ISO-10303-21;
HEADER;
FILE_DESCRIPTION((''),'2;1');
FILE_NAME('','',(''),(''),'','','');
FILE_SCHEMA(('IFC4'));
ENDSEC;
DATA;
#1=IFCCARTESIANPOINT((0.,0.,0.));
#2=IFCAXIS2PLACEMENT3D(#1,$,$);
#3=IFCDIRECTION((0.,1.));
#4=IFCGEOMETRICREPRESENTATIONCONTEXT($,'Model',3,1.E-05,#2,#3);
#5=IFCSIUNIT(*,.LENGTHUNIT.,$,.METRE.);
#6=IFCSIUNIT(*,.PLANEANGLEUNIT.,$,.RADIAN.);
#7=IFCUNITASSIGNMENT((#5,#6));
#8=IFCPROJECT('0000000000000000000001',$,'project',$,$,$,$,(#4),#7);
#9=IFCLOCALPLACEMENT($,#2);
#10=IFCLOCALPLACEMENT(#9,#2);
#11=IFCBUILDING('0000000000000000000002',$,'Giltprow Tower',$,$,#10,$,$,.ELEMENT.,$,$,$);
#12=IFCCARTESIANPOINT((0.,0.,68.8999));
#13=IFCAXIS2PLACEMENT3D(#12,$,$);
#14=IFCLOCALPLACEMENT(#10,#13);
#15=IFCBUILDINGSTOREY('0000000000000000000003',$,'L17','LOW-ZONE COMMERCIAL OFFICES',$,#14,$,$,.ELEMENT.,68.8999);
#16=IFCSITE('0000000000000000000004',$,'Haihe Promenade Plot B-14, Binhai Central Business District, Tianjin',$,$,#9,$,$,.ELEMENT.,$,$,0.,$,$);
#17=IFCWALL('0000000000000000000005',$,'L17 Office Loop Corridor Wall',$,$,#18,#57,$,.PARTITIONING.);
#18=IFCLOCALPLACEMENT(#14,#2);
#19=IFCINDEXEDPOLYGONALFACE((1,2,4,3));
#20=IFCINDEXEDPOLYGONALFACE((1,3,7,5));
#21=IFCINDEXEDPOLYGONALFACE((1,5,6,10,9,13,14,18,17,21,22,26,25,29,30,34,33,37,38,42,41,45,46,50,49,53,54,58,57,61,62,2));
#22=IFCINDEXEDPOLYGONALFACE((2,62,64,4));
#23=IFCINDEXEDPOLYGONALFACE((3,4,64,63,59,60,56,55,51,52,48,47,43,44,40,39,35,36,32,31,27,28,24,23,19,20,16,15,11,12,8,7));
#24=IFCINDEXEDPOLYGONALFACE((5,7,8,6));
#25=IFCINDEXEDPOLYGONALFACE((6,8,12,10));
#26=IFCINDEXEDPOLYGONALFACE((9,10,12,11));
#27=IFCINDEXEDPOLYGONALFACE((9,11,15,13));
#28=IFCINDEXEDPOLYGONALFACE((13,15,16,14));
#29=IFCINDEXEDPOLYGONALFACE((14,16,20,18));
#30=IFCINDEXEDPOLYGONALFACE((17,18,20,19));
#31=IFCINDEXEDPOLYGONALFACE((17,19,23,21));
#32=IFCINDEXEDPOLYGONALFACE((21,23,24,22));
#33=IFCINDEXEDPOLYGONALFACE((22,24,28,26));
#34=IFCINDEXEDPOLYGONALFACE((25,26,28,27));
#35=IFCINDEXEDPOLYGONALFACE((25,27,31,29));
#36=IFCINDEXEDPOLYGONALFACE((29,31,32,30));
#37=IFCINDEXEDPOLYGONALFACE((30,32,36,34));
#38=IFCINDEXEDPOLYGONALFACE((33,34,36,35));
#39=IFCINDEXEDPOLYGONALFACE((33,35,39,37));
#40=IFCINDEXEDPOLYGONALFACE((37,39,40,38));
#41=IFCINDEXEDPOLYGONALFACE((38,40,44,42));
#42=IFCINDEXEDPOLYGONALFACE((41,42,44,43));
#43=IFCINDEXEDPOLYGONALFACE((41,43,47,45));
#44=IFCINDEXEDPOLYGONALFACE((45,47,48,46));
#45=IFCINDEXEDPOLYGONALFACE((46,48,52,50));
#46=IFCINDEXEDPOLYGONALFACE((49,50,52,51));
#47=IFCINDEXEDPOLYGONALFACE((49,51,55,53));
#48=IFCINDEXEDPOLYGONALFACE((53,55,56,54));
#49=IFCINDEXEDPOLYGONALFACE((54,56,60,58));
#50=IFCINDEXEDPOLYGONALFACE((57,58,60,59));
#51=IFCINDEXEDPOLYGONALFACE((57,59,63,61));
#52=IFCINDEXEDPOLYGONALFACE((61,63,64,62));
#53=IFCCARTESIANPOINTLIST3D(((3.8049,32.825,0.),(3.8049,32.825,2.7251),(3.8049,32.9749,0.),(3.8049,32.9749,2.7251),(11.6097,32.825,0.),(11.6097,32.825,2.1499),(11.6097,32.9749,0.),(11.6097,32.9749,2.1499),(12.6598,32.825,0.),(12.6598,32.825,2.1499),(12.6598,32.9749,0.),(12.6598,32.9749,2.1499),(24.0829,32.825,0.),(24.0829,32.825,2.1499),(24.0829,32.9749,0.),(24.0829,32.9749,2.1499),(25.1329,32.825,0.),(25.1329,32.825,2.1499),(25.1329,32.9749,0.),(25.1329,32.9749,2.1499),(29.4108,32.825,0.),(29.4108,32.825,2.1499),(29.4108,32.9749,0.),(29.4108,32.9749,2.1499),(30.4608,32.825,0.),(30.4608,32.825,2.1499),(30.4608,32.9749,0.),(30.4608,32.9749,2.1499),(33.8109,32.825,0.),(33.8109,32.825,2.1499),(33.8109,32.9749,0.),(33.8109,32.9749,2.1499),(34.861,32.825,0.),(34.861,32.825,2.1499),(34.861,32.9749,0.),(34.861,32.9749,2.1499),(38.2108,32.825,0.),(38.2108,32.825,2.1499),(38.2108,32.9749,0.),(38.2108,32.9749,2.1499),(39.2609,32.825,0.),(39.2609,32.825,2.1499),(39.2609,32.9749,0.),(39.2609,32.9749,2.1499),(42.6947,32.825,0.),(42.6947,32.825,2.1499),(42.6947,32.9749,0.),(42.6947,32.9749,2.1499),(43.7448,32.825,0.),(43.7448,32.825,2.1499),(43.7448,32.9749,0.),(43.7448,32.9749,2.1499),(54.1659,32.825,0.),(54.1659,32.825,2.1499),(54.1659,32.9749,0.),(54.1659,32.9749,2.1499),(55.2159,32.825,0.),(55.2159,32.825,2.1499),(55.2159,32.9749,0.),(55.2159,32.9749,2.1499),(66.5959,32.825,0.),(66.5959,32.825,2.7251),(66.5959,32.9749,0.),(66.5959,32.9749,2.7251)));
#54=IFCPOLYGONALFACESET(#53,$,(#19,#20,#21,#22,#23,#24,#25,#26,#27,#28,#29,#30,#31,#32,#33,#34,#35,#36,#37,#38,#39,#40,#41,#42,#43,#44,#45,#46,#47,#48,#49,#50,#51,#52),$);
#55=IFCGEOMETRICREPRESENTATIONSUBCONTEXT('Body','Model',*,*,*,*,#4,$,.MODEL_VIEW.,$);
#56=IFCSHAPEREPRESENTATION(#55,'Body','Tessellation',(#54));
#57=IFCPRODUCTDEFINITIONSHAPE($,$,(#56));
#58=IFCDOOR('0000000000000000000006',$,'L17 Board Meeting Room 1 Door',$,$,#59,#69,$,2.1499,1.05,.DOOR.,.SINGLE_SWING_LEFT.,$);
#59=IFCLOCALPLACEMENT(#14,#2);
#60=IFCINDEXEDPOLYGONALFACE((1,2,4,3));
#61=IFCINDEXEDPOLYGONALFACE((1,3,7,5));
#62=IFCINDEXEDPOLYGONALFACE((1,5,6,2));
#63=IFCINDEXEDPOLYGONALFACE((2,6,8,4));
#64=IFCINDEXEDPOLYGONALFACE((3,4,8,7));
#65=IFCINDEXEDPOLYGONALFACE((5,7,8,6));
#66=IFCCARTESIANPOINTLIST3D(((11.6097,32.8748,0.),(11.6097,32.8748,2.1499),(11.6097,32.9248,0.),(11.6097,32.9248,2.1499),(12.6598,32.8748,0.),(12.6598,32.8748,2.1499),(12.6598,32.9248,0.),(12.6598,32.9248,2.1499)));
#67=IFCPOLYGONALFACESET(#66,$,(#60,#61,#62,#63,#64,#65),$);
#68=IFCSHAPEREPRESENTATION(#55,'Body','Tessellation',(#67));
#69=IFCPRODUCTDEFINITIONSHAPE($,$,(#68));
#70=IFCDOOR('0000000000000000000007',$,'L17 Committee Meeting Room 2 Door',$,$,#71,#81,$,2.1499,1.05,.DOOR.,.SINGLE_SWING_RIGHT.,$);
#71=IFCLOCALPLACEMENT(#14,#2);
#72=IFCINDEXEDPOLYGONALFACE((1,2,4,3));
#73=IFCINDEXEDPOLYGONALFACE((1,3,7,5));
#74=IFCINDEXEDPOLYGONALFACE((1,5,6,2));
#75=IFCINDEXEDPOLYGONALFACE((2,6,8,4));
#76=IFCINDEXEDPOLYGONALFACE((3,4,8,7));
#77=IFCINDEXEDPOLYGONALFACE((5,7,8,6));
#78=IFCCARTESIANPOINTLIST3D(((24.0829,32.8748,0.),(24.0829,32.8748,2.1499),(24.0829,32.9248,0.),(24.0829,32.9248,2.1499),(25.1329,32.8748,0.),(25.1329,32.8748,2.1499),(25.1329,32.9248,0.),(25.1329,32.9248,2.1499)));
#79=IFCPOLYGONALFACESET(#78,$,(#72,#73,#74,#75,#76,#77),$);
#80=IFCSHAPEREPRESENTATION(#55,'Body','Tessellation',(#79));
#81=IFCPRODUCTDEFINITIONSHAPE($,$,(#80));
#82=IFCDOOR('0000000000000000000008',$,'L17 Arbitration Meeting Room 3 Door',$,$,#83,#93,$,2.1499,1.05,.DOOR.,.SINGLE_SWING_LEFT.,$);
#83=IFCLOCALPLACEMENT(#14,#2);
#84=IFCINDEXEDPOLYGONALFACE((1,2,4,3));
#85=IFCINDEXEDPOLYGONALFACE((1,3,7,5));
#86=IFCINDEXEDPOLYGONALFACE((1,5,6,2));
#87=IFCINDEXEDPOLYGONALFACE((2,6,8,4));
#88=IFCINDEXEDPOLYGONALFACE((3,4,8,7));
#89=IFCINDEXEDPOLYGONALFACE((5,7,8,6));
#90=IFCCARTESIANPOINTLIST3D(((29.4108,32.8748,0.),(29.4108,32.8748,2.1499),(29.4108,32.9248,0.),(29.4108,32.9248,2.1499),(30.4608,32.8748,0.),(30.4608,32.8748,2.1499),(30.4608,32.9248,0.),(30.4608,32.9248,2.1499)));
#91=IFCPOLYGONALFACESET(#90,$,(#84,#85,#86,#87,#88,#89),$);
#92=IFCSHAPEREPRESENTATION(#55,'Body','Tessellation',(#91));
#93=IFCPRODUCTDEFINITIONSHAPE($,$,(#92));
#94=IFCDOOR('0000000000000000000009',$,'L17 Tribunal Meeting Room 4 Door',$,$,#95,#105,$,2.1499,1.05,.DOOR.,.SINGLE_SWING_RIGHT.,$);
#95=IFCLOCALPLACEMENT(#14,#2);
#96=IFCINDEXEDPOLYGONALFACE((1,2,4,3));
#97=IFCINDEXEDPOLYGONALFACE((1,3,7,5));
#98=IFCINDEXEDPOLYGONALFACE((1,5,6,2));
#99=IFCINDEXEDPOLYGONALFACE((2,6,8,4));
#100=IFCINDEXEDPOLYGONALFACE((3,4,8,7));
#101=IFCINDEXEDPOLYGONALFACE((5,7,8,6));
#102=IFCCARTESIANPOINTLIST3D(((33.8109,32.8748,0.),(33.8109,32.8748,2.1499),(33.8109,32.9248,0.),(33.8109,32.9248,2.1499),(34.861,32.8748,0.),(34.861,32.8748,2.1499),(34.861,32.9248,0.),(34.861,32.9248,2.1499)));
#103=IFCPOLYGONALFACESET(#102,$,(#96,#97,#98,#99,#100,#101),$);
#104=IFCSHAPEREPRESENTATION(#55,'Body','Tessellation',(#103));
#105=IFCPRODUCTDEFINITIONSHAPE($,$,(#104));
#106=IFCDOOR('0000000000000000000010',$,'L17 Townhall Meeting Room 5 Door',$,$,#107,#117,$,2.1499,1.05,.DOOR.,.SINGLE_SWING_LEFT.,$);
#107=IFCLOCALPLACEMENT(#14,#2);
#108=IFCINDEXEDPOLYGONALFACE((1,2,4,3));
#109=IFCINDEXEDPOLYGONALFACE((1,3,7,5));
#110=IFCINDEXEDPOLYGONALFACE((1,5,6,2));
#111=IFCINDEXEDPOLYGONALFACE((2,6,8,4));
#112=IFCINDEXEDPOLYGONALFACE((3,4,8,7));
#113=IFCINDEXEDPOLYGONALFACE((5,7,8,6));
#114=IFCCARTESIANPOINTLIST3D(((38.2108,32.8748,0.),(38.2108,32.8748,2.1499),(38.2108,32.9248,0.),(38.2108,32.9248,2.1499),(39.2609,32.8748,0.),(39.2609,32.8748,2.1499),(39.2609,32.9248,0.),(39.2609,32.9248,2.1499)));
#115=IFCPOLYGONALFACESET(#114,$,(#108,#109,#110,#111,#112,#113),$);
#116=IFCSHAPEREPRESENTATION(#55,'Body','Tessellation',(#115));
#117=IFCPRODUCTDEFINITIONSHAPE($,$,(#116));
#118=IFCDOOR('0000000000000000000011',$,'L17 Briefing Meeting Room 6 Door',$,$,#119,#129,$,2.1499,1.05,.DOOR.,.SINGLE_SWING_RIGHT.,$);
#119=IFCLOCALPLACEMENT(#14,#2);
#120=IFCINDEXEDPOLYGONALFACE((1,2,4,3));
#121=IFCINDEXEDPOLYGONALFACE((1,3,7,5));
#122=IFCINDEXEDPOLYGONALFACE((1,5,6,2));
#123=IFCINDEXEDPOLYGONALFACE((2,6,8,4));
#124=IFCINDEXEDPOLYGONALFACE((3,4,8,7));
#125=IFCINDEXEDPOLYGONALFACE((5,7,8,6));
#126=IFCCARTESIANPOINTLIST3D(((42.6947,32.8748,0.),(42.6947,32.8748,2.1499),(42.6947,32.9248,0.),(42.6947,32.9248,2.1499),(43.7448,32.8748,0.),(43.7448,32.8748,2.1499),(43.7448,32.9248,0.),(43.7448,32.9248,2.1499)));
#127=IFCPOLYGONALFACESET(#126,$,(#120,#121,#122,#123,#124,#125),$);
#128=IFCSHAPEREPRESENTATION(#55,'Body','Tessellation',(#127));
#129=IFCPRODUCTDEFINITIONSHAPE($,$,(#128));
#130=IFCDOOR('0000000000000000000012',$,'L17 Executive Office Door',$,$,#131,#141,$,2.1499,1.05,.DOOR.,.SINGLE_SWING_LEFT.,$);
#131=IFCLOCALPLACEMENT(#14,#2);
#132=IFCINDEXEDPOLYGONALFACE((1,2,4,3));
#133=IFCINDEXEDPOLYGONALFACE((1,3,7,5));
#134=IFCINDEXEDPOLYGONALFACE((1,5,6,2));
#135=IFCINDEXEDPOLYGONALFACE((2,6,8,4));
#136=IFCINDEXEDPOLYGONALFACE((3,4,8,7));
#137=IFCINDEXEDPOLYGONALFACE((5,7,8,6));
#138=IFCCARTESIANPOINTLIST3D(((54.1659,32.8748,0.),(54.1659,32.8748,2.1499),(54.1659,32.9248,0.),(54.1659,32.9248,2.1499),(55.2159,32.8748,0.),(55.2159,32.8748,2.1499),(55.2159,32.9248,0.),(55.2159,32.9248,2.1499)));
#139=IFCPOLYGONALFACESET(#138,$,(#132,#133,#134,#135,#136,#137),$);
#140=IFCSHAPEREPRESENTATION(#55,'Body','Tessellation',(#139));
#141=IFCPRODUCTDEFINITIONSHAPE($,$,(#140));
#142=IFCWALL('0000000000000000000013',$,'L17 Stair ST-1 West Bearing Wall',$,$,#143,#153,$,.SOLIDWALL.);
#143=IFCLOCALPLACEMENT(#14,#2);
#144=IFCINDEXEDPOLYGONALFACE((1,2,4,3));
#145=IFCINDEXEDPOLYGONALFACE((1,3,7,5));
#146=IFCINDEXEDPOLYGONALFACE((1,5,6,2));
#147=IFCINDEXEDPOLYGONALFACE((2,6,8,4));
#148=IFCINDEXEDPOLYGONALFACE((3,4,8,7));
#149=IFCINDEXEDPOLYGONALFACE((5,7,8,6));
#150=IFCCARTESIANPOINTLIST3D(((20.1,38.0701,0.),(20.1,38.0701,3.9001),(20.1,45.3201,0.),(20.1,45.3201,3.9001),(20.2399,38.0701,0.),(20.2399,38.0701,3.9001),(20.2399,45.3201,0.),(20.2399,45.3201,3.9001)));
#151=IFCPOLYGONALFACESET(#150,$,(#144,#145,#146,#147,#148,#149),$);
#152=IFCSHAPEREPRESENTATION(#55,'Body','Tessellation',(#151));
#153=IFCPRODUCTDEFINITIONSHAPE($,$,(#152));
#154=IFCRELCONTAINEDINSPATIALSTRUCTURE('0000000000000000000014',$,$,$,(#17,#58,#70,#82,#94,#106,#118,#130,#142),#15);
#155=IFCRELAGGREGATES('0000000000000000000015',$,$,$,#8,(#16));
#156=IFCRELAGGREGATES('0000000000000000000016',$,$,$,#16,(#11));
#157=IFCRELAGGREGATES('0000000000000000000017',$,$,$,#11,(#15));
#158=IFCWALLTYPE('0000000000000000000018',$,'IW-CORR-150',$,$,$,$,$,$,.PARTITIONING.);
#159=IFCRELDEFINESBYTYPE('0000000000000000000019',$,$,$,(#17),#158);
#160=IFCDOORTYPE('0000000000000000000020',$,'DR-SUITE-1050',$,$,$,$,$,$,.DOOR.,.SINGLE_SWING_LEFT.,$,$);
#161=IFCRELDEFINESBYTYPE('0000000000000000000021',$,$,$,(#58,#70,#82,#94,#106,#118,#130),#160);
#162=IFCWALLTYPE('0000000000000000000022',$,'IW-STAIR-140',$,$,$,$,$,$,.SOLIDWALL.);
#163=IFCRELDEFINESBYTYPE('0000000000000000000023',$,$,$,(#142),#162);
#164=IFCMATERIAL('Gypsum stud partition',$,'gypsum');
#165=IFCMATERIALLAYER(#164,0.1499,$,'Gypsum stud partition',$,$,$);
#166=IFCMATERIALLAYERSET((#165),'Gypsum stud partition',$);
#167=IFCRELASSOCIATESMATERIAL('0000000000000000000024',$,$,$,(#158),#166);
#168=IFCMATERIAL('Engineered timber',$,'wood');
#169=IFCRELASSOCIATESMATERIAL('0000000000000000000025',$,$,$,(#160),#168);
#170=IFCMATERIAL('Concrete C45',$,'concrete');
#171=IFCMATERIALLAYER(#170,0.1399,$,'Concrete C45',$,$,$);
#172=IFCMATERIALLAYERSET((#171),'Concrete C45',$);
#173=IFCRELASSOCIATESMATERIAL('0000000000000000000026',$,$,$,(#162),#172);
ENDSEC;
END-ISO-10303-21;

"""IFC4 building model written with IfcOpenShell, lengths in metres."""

from ifc_helpers import new_model, si_unit, direction, frame, frame_2d, origin, place, context, subcontext, project, spatial, rectangle, extrude, source, transform, mapped, material, layer, layer_set, type_object, element, fill, save


model = new_model("IFC4")

# Units and contexts
model_context = context("Model", 3, precision=1e-05, world=origin(), true_north=direction((0.0, 1.0)))
body_context = subcontext(model_context, "Body", "Model", "MODEL_VIEW")
ifc_project = project(units=[si_unit("LENGTHUNIT", "METRE"), si_unit("PLANEANGLEUNIT", "RADIAN")], contexts=[model_context])

# Site, building, storey
site_placement = place(None, origin())
site = spatial("IfcSite", under=ifc_project, at=site_placement, Name="Haihe Promenade Plot B-14, Binhai Central Business District, Tianjin", CompositionType="ELEMENT", RefElevation=0.0)
building_placement = place(site_placement, origin())
building = spatial("IfcBuilding", under=site, at=building_placement, Name="Giltprow Tower", CompositionType="ELEMENT")
storey_placement = place(building_placement, frame((0.0, 0.0, 68.8999)))
storey = spatial("IfcBuildingStorey", under=building, at=storey_placement, Name="L17", Description="LOW-ZONE COMMERCIAL OFFICES", CompositionType="ELEMENT", Elevation=68.8999)

# Wall, openings, doors
ifc_material_1 = material(Name="Gypsum stud partition", Category="gypsum")
ifc_layer_1 = layer(ifc_material_1, 0.1499, Name="Gypsum stud partition")
ifc_layer_set_1 = layer_set([ifc_layer_1], Name="Gypsum stud partition")
wall_type_1 = type_object("IfcWallType", Name="IW-CORR-150", PredefinedType="PARTITIONING", material=ifc_layer_set_1)
wall_1_placement = place(storey_placement, frame((3.8049, 32.8999, 0.0), z_axis=(0.0, 0.0, 1.0), x_axis=(1.0, 0.0, 0.0)))
wall_1 = element("IfcWall", 1, at=wall_1_placement, inside=storey, type_object=wall_type_1, Name="L17 Office Loop Corridor Wall", PredefinedType="PARTITIONING", context=body_context, shape_type="SweptSolid", body=[
    extrude(rectangle(XDim=62.791, YDim=0.1499, at=frame_2d((31.3955, 0.0))), origin(), (0.0, 0.0, 1.0), 2.7251),
])
opening_1_placement = place(wall_1_placement, frame((7.8049, 0.0, 0.0)))
opening_1 = element("IfcOpeningElement", 2, at=opening_1_placement, cuts=wall_1, PredefinedType="OPENING", context=body_context, shape_type="SweptSolid", body=[
    extrude(rectangle(XDim=1.05, YDim=2.1499, at=frame_2d((0.5249, 1.075))), frame((0.0, 0.085, 0.0), z_axis=(0.0, -1.0, 0.0), x_axis=(1.0, 0.0, 0.0)), (0.0, 0.0, 1.0), 0.1699),
])
opening_2_placement = place(wall_1_placement, frame((20.2781, 0.0, 0.0)))
opening_2 = element("IfcOpeningElement", 3, at=opening_2_placement, cuts=wall_1, PredefinedType="OPENING", context=body_context, shape_type="SweptSolid", body=[
    extrude(rectangle(XDim=1.05, YDim=2.1499, at=frame_2d((0.5249, 1.075))), frame((0.0, 0.085, 0.0), z_axis=(0.0, -1.0, 0.0), x_axis=(1.0, 0.0, 0.0)), (0.0, 0.0, 1.0), 0.1699),
])
opening_3_placement = place(wall_1_placement, frame((25.606, 0.0, 0.0)))
opening_3 = element("IfcOpeningElement", 4, at=opening_3_placement, cuts=wall_1, PredefinedType="OPENING", context=body_context, shape_type="SweptSolid", body=[
    extrude(rectangle(XDim=1.05, YDim=2.1499, at=frame_2d((0.5249, 1.075))), frame((0.0, 0.085, 0.0), z_axis=(0.0, -1.0, 0.0), x_axis=(1.0, 0.0, 0.0)), (0.0, 0.0, 1.0), 0.1699),
])
opening_4_placement = place(wall_1_placement, frame((30.0061, 0.0, 0.0)))
opening_4 = element("IfcOpeningElement", 5, at=opening_4_placement, cuts=wall_1, PredefinedType="OPENING", context=body_context, shape_type="SweptSolid", body=[
    extrude(rectangle(XDim=1.05, YDim=2.1499, at=frame_2d((0.5249, 1.075))), frame((0.0, 0.085, 0.0), z_axis=(0.0, -1.0, 0.0), x_axis=(1.0, 0.0, 0.0)), (0.0, 0.0, 1.0), 0.1699),
])
opening_5_placement = place(wall_1_placement, frame((34.406, 0.0, 0.0)))
opening_5 = element("IfcOpeningElement", 6, at=opening_5_placement, cuts=wall_1, PredefinedType="OPENING", context=body_context, shape_type="SweptSolid", body=[
    extrude(rectangle(XDim=1.05, YDim=2.1499, at=frame_2d((0.5249, 1.075))), frame((0.0, 0.085, 0.0), z_axis=(0.0, -1.0, 0.0), x_axis=(1.0, 0.0, 0.0)), (0.0, 0.0, 1.0), 0.1699),
])
opening_6_placement = place(wall_1_placement, frame((38.8899, 0.0, 0.0)))
opening_6 = element("IfcOpeningElement", 7, at=opening_6_placement, cuts=wall_1, PredefinedType="OPENING", context=body_context, shape_type="SweptSolid", body=[
    extrude(rectangle(XDim=1.05, YDim=2.1499, at=frame_2d((0.5249, 1.075))), frame((0.0, 0.085, 0.0), z_axis=(0.0, -1.0, 0.0), x_axis=(1.0, 0.0, 0.0)), (0.0, 0.0, 1.0), 0.1699),
])
opening_7_placement = place(wall_1_placement, frame((50.3611, 0.0, 0.0)))
opening_7 = element("IfcOpeningElement", 8, at=opening_7_placement, cuts=wall_1, PredefinedType="OPENING", context=body_context, shape_type="SweptSolid", body=[
    extrude(rectangle(XDim=1.05, YDim=2.1499, at=frame_2d((0.5249, 1.075))), frame((0.0, 0.085, 0.0), z_axis=(0.0, -1.0, 0.0), x_axis=(1.0, 0.0, 0.0)), (0.0, 0.0, 1.0), 0.1699),
])
ifc_material_2 = material(Name="Engineered timber", Category="wood")
door_type_1 = type_object("IfcDoorType", Name="DR-SUITE-1050", OperationType="SINGLE_SWING_LEFT", PredefinedType="DOOR", material=ifc_material_2)
shared_shape_1 = source(origin(), body_context, "Body", "SweptSolid", [
    extrude(rectangle(XDim=1.05, YDim=2.1499, at=frame_2d((0.5249, 1.075))), frame((0.0, 0.0249, 0.0), z_axis=(0.0, -1.0, 0.0), x_axis=(1.0, 0.0, 0.0)), (0.0, 0.0, 1.0), 0.05),
])
door_1_placement = place(opening_1_placement, origin())
door_1 = element("IfcDoor", 9, at=door_1_placement, inside=storey, type_object=door_type_1, Name="L17 Board Meeting Room 1 Door", OperationType="SINGLE_SWING_LEFT", OverallHeight=2.1499, OverallWidth=1.05, PredefinedType="DOOR", context=body_context, shape_type="MappedRepresentation", body=[
    mapped(shared_shape_1, transform((0.0, 0.0, 0.0), x_axis=(1.0, 0.0, 0.0), y_axis=(0.0, 1.0, 0.0), z_axis=(0.0, 0.0, 1.0), scale=1.0)),
])
fill(opening_1, door_1)
door_2_placement = place(opening_2_placement, origin())
door_2 = element("IfcDoor", 10, at=door_2_placement, inside=storey, type_object=door_type_1, Name="L17 Committee Meeting Room 2 Door", OperationType="SINGLE_SWING_RIGHT", OverallHeight=2.1499, OverallWidth=1.05, PredefinedType="DOOR", context=body_context, shape_type="MappedRepresentation", body=[
    mapped(shared_shape_1, transform((0.0, 0.0, 0.0), x_axis=(1.0, 0.0, 0.0), y_axis=(0.0, 1.0, 0.0), z_axis=(0.0, 0.0, 1.0), scale=1.0)),
])
fill(opening_2, door_2)
door_3_placement = place(opening_3_placement, origin())
door_3 = element("IfcDoor", 11, at=door_3_placement, inside=storey, type_object=door_type_1, Name="L17 Arbitration Meeting Room 3 Door", OperationType="SINGLE_SWING_LEFT", OverallHeight=2.1499, OverallWidth=1.05, PredefinedType="DOOR", context=body_context, shape_type="MappedRepresentation", body=[
    mapped(shared_shape_1, transform((0.0, 0.0, 0.0), x_axis=(1.0, 0.0, 0.0), y_axis=(0.0, 1.0, 0.0), z_axis=(0.0, 0.0, 1.0), scale=1.0)),
])
fill(opening_3, door_3)
door_4_placement = place(opening_4_placement, origin())
door_4 = element("IfcDoor", 12, at=door_4_placement, inside=storey, type_object=door_type_1, Name="L17 Tribunal Meeting Room 4 Door", OperationType="SINGLE_SWING_RIGHT", OverallHeight=2.1499, OverallWidth=1.05, PredefinedType="DOOR", context=body_context, shape_type="MappedRepresentation", body=[
    mapped(shared_shape_1, transform((0.0, 0.0, 0.0), x_axis=(1.0, 0.0, 0.0), y_axis=(0.0, 1.0, 0.0), z_axis=(0.0, 0.0, 1.0), scale=1.0)),
])
fill(opening_4, door_4)
door_5_placement = place(opening_5_placement, origin())
door_5 = element("IfcDoor", 13, at=door_5_placement, inside=storey, type_object=door_type_1, Name="L17 Townhall Meeting Room 5 Door", OperationType="SINGLE_SWING_LEFT", OverallHeight=2.1499, OverallWidth=1.05, PredefinedType="DOOR", context=body_context, shape_type="MappedRepresentation", body=[
    mapped(shared_shape_1, transform((0.0, 0.0, 0.0), x_axis=(1.0, 0.0, 0.0), y_axis=(0.0, 1.0, 0.0), z_axis=(0.0, 0.0, 1.0), scale=1.0)),
])
fill(opening_5, door_5)
door_6_placement = place(opening_6_placement, origin())
door_6 = element("IfcDoor", 14, at=door_6_placement, inside=storey, type_object=door_type_1, Name="L17 Briefing Meeting Room 6 Door", OperationType="SINGLE_SWING_RIGHT", OverallHeight=2.1499, OverallWidth=1.05, PredefinedType="DOOR", context=body_context, shape_type="MappedRepresentation", body=[
    mapped(shared_shape_1, transform((0.0, 0.0, 0.0), x_axis=(1.0, 0.0, 0.0), y_axis=(0.0, 1.0, 0.0), z_axis=(0.0, 0.0, 1.0), scale=1.0)),
])
fill(opening_6, door_6)
door_7_placement = place(opening_7_placement, origin())
door_7 = element("IfcDoor", 15, at=door_7_placement, inside=storey, type_object=door_type_1, Name="L17 Executive Office Door", OperationType="SINGLE_SWING_LEFT", OverallHeight=2.1499, OverallWidth=1.05, PredefinedType="DOOR", context=body_context, shape_type="MappedRepresentation", body=[
    mapped(shared_shape_1, transform((0.0, 0.0, 0.0), x_axis=(1.0, 0.0, 0.0), y_axis=(0.0, 1.0, 0.0), z_axis=(0.0, 0.0, 1.0), scale=1.0)),
])
fill(opening_7, door_7)

# Wall
ifc_material_3 = material(Name="Concrete C45", Category="concrete")
ifc_layer_2 = layer(ifc_material_3, 0.1399, Name="Concrete C45")
ifc_layer_set_2 = layer_set([ifc_layer_2], Name="Concrete C45")
wall_type_2 = type_object("IfcWallType", Name="IW-STAIR-140", PredefinedType="SOLIDWALL", material=ifc_layer_set_2)
wall_2_placement = place(storey_placement, frame((20.1699, 38.0701, 0.0), z_axis=(0.0, 0.0, 1.0), x_axis=(0.0, 1.0, 0.0)))
element("IfcWall", 16, at=wall_2_placement, inside=storey, type_object=wall_type_2, Name="L17 Stair ST-1 West Bearing Wall", PredefinedType="SOLIDWALL", context=body_context, shape_type="SweptSolid", body=[
    extrude(rectangle(XDim=7.25, YDim=0.1399, at=frame_2d((3.625, 0.0))), origin(), (0.0, 0.0, 1.0), 3.9001),
])

save(model, "model.ifc")
